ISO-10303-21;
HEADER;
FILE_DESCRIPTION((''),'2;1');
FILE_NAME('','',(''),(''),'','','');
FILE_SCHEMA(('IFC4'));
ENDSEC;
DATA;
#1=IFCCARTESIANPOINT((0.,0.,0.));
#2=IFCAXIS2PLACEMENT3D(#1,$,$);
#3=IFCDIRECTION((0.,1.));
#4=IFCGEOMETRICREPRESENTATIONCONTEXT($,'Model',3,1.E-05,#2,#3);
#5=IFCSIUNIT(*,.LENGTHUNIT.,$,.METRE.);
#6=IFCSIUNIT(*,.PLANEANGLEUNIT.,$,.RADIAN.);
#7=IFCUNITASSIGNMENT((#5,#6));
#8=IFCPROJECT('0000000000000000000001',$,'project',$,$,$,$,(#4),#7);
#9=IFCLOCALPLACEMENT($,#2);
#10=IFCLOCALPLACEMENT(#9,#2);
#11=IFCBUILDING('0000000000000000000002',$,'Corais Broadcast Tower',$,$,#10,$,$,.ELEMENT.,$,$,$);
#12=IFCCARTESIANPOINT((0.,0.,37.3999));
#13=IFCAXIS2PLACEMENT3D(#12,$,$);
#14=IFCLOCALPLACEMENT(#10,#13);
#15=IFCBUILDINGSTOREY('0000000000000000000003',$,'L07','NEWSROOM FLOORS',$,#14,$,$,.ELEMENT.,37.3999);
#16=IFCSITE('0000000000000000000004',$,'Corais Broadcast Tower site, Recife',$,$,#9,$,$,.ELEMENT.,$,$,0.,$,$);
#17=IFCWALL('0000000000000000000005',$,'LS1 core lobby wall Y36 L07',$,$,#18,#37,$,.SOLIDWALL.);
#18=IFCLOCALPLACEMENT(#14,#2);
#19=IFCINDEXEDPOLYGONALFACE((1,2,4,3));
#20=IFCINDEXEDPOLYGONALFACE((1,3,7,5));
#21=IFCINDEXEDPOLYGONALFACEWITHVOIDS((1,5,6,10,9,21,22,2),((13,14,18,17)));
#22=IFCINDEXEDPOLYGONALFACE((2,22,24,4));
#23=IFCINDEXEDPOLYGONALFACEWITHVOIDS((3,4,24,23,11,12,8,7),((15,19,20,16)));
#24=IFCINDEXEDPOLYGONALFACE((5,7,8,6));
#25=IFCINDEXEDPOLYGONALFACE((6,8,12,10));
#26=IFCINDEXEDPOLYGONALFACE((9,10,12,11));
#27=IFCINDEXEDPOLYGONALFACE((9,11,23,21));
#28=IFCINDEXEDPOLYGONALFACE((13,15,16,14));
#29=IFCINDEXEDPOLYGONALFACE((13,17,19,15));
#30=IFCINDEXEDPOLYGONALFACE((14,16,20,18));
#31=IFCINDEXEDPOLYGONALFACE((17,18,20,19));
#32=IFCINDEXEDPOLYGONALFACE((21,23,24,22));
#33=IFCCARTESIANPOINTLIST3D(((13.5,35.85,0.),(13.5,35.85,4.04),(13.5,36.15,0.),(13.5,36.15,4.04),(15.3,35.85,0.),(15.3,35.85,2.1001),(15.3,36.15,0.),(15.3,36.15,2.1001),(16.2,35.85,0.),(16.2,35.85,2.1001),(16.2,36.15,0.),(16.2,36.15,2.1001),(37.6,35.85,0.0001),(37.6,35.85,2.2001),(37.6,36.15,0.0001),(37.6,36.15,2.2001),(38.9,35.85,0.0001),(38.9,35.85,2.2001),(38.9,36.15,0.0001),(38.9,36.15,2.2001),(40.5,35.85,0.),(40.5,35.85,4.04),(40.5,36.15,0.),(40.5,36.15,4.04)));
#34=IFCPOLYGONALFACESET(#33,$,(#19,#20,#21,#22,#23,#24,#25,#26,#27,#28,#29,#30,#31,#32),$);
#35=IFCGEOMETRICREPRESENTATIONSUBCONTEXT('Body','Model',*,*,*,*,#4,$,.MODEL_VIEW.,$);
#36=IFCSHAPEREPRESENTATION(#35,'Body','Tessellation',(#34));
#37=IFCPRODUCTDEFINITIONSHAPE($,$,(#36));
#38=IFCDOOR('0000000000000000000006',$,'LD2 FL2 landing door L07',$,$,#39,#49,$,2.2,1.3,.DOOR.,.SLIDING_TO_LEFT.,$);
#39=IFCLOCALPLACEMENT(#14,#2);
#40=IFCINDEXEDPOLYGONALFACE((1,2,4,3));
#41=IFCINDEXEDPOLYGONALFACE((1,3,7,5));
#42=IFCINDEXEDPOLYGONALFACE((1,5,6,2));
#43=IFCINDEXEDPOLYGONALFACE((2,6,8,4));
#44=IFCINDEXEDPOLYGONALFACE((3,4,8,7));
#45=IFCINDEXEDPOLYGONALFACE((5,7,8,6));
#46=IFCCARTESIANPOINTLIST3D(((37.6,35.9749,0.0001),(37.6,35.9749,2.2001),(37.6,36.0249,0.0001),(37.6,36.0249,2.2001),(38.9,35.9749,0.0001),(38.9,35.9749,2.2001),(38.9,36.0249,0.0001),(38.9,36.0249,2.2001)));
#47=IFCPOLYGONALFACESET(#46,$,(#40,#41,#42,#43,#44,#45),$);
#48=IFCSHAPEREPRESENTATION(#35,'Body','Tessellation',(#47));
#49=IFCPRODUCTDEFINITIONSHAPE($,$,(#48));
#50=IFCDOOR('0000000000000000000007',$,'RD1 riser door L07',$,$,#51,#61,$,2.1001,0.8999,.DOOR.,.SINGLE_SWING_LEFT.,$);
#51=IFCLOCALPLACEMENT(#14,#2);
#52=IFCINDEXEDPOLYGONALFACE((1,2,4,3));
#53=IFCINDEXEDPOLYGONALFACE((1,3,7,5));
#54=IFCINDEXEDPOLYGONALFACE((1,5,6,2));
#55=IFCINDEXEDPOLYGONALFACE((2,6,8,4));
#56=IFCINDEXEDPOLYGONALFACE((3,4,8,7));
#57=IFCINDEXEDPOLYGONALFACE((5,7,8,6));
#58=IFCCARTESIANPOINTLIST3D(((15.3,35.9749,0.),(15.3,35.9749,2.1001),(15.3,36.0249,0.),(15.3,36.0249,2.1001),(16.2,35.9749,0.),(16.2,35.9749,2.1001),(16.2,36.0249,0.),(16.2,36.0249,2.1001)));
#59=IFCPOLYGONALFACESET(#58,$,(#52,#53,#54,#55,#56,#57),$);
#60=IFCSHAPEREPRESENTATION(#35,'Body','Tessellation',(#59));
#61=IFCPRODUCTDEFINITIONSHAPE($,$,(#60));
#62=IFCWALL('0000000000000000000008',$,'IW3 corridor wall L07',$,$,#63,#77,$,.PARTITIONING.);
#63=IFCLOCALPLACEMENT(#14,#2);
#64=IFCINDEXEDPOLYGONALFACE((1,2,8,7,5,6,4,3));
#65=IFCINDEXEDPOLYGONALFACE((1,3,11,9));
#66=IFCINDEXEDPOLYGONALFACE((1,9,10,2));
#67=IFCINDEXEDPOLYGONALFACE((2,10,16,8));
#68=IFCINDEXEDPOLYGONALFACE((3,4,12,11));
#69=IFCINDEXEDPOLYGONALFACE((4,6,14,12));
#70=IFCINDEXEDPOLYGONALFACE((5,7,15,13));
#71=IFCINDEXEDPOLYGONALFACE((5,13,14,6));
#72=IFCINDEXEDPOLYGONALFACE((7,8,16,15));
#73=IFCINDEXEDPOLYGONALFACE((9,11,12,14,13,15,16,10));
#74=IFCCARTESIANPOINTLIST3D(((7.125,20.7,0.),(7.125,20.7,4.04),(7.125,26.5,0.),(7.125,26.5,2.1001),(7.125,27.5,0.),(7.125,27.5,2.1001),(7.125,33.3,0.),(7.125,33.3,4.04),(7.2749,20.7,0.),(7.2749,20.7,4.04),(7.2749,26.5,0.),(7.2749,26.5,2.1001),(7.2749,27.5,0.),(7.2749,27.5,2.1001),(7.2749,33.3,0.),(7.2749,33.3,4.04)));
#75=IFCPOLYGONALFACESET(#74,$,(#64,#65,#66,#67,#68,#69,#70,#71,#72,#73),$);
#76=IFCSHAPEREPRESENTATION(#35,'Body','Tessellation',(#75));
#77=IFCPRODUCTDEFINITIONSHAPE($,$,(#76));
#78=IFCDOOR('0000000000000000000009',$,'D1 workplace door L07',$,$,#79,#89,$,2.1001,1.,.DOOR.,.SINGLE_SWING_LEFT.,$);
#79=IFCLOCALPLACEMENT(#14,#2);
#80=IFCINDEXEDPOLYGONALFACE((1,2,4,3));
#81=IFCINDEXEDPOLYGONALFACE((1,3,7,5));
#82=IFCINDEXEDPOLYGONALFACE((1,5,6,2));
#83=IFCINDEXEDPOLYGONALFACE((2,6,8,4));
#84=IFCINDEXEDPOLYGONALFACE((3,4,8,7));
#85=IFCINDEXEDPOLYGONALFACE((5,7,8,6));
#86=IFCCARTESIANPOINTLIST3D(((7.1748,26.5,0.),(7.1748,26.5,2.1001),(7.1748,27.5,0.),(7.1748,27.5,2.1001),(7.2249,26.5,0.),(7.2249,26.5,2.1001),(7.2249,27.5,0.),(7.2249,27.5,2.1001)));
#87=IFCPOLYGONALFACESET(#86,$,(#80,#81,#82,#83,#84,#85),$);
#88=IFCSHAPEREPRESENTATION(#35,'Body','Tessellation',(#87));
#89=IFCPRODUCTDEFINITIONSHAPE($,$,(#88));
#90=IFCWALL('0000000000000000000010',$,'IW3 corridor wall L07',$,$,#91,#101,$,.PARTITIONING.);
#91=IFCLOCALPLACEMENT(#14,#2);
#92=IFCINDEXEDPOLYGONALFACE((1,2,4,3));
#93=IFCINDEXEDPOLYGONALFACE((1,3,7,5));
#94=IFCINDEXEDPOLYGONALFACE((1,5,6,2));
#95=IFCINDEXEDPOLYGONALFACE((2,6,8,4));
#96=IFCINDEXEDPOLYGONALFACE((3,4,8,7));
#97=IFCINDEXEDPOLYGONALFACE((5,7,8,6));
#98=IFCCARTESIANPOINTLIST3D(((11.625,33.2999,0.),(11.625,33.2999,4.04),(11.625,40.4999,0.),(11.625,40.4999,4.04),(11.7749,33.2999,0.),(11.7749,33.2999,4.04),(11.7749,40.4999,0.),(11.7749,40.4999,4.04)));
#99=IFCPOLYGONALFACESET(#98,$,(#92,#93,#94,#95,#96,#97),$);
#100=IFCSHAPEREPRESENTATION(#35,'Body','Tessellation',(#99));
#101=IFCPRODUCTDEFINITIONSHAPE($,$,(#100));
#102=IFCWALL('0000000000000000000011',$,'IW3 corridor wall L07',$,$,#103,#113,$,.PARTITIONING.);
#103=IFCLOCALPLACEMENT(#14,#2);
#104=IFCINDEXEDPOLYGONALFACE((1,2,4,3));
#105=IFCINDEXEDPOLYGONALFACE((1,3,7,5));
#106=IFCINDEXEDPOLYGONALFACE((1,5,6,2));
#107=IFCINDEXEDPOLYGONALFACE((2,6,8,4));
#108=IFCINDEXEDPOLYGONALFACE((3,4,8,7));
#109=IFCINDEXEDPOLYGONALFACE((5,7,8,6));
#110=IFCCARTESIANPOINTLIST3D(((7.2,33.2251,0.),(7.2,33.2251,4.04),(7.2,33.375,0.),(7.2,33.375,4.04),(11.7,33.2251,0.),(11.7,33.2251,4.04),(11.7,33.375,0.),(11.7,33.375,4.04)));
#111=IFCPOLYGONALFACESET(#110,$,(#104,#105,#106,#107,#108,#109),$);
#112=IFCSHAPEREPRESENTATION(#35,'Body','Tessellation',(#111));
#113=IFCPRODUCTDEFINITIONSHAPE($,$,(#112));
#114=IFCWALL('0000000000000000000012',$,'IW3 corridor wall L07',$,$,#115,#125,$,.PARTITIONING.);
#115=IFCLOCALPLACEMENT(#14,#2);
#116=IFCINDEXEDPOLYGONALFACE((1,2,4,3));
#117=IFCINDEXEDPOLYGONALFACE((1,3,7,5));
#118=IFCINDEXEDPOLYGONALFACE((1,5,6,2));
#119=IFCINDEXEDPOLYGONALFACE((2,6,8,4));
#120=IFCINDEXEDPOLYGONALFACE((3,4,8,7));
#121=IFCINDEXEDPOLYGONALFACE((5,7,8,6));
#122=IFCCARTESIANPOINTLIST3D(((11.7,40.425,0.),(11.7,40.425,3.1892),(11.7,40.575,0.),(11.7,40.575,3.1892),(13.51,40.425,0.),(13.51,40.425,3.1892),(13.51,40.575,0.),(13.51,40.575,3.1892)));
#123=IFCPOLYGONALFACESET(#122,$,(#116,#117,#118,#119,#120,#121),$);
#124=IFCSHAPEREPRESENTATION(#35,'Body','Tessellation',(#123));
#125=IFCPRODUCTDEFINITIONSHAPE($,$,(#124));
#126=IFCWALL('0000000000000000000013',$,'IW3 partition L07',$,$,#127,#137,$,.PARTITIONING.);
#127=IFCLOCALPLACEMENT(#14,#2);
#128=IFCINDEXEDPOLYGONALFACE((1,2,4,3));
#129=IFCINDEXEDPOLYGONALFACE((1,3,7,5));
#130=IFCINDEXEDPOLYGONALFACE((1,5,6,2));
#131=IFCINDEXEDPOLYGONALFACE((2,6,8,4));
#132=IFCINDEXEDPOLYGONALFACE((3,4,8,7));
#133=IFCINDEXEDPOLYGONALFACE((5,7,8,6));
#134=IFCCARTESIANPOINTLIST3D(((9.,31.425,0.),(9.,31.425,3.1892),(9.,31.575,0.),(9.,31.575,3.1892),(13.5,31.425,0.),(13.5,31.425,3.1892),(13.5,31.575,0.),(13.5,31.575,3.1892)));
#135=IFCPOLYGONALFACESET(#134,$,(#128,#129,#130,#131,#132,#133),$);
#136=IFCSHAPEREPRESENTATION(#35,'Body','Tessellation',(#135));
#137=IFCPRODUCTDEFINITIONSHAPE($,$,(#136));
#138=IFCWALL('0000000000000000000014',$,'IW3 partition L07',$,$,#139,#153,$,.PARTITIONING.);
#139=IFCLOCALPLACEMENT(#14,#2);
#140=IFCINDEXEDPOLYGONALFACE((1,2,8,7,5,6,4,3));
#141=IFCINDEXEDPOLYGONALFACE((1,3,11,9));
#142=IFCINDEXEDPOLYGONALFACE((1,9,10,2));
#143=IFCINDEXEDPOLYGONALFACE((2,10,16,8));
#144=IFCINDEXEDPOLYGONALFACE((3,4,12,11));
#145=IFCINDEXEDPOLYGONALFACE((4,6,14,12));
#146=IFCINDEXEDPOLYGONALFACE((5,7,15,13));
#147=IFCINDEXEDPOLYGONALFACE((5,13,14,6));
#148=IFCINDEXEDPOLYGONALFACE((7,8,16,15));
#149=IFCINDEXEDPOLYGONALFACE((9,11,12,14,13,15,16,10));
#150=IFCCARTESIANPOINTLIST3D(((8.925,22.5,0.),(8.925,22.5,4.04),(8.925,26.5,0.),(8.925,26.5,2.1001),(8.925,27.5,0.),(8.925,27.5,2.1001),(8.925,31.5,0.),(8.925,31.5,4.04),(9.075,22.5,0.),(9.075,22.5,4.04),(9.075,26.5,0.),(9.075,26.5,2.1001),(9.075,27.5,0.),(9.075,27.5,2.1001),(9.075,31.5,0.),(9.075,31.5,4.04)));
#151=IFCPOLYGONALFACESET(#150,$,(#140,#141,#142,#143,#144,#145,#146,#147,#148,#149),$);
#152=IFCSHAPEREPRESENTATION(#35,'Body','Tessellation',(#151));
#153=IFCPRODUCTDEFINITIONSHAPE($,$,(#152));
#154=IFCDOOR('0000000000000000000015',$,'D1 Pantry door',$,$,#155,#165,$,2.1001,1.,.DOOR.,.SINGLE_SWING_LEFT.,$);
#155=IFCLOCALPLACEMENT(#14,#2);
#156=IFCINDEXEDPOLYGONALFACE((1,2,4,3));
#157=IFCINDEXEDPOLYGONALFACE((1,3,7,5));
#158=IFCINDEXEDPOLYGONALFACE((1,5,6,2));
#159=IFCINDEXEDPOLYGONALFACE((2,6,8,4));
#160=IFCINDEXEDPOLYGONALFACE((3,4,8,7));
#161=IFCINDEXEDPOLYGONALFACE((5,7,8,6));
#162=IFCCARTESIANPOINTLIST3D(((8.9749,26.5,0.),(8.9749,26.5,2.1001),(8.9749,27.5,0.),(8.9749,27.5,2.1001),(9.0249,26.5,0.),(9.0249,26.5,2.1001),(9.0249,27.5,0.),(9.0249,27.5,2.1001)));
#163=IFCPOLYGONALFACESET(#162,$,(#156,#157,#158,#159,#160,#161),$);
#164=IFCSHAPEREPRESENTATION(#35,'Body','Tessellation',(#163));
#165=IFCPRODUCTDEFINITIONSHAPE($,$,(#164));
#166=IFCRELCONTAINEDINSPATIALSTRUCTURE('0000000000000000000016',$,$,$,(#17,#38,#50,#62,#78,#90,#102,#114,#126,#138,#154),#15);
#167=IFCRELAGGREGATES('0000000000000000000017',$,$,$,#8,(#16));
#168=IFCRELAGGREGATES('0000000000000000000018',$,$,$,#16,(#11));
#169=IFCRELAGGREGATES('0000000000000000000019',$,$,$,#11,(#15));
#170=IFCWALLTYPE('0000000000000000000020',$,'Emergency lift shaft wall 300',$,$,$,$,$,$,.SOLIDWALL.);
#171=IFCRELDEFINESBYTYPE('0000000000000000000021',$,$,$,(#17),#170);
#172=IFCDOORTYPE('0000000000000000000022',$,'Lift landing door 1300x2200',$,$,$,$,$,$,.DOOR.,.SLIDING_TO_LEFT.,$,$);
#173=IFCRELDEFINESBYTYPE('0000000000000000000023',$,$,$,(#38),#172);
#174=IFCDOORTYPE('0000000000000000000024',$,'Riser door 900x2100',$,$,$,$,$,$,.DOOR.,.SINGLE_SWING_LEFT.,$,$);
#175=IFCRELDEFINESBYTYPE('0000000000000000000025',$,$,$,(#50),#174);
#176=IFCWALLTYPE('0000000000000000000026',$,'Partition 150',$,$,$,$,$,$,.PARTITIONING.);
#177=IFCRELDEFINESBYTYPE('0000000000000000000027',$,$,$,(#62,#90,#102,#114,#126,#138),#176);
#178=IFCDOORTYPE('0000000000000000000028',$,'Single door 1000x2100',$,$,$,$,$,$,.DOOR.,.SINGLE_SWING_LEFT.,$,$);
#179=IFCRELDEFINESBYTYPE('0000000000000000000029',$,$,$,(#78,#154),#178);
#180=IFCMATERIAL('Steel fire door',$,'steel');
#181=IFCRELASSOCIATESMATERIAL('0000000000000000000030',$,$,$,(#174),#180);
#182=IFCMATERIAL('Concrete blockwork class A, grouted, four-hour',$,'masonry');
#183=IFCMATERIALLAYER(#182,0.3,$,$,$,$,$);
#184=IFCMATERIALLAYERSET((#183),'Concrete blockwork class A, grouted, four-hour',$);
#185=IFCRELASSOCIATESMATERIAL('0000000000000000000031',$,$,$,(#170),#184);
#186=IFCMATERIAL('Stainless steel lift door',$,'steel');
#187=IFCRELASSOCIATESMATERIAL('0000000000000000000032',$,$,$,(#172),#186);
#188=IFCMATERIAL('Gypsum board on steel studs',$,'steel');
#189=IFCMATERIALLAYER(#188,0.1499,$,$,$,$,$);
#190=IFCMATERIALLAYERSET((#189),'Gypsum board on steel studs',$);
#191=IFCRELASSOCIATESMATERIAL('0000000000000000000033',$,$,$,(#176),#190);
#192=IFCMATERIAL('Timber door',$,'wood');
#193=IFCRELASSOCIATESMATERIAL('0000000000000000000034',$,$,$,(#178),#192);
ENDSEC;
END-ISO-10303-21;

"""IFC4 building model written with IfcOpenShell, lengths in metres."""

from ifc_helpers import new_model, si_unit, direction, frame, frame_2d, origin, place, context, subcontext, project, spatial, rectangle, extrude, material, layer, layer_set, type_object, element, fill, save


model = new_model("IFC4")

# Units and contexts
model_context = context("Model", 3, precision=1e-05, world=origin(), true_north=direction((0.0, 1.0)))
body_context = subcontext(model_context, "Body", "Model", "MODEL_VIEW")
ifc_project = project(units=[si_unit("LENGTHUNIT", "METRE"), si_unit("PLANEANGLEUNIT", "RADIAN")], contexts=[model_context])

# Site, building, storey
site_placement = place(None, origin())
site = spatial("IfcSite", under=ifc_project, at=site_placement, Name="Corais Broadcast Tower site, Recife", CompositionType="ELEMENT", RefElevation=0.0)
building_placement = place(site_placement, origin())
building = spatial("IfcBuilding", under=site, at=building_placement, Name="Corais Broadcast Tower", CompositionType="ELEMENT")
storey_placement = place(building_placement, frame((0.0, 0.0, 37.3999)))
storey = spatial("IfcBuildingStorey", under=building, at=storey_placement, Name="L07", Description="NEWSROOM FLOORS", CompositionType="ELEMENT", Elevation=37.3999)

# Wall, openings, doors
ifc_material_1 = material(Name="Steel fire door", Category="steel")
door_type_1 = type_object("IfcDoorType", Name="Riser door 900x2100", OperationType="SINGLE_SWING_LEFT", PredefinedType="DOOR", material=ifc_material_1)
ifc_material_2 = material(Name="Concrete blockwork class A, grouted, four-hour", Category="masonry")
ifc_layer_1 = layer(ifc_material_2, 0.3)
ifc_layer_set_1 = layer_set([ifc_layer_1], Name="Concrete blockwork class A, grouted, four-hour")
wall_type_1 = type_object("IfcWallType", Name="Emergency lift shaft wall 300", PredefinedType="SOLIDWALL", material=ifc_layer_set_1)
wall_1_placement = place(storey_placement, frame((13.5, 36.0, 0.0), z_axis=(0.0, 0.0, 1.0), x_axis=(1.0, 0.0, 0.0)))
wall_1 = element("IfcWall", 1, at=wall_1_placement, inside=storey, type_object=wall_type_1, Name="LS1 core lobby wall Y36 L07", PredefinedType="SOLIDWALL", context=body_context, shape_type="SweptSolid", body=[
    extrude(rectangle(XDim=27.0, YDim=0.3, at=frame_2d((13.5, 0.0))), origin(), (0.0, 0.0, 1.0), 4.04),
])
opening_1_placement = place(wall_1_placement, frame((1.8, 0.0, 0.0)))
opening_1 = element("IfcOpeningElement", 2, at=opening_1_placement, cuts=wall_1, PredefinedType="OPENING", context=body_context, shape_type="SweptSolid", body=[
    extrude(rectangle(XDim=0.8999, YDim=2.1001, at=frame_2d((0.45, 1.05))), frame((0.0, 0.1599, 0.0), z_axis=(0.0, -1.0, 0.0), x_axis=(1.0, 0.0, 0.0)), (0.0, 0.0, 1.0), 0.3201),
])
opening_2_placement = place(wall_1_placement, frame((24.1001, 0.0, 0.0)))
opening_2 = element("IfcOpeningElement", 3, at=opening_2_placement, cuts=wall_1, PredefinedType="OPENING", context=body_context, shape_type="SweptSolid", body=[
    extrude(rectangle(XDim=1.3, YDim=2.2, at=frame_2d((0.6499, 1.1001))), frame((0.0, 0.1599, 0.0), z_axis=(0.0, -1.0, 0.0), x_axis=(1.0, 0.0, 0.0)), (0.0, 0.0, 1.0), 0.3201),
])
ifc_material_3 = material(Name="Stainless steel lift door", Category="steel")
door_type_2 = type_object("IfcDoorType", Name="Lift landing door 1300x2200", OperationType="SLIDING_TO_LEFT", PredefinedType="DOOR", material=ifc_material_3)
door_1_placement = place(opening_2_placement, origin())
door_1 = element("IfcDoor", 4, at=door_1_placement, inside=storey, type_object=door_type_2, Name="LD2 FL2 landing door L07", OperationType="SLIDING_TO_LEFT", OverallHeight=2.2, OverallWidth=1.3, PredefinedType="DOOR", context=body_context, shape_type="SweptSolid", body=[
    extrude(rectangle(XDim=1.3, YDim=2.2, at=frame_2d((0.6499, 1.1001))), frame((0.0, 0.0249, 0.0), z_axis=(0.0, -1.0, 0.0), x_axis=(1.0, 0.0, 0.0)), (0.0, 0.0, 1.0), 0.05),
])
fill(opening_2, door_1)
door_2_placement = place(opening_1_placement, origin())
door_2 = element("IfcDoor", 5, at=door_2_placement, inside=storey, type_object=door_type_1, Name="RD1 riser door L07", OperationType="SINGLE_SWING_LEFT", OverallHeight=2.1001, OverallWidth=0.8999, PredefinedType="DOOR", context=body_context, shape_type="SweptSolid", body=[
    extrude(rectangle(XDim=0.8999, YDim=2.1001, at=frame_2d((0.45, 1.05))), frame((0.0, 0.0249, 0.0), z_axis=(0.0, -1.0, 0.0), x_axis=(1.0, 0.0, 0.0)), (0.0, 0.0, 1.0), 0.05),
])
fill(opening_1, door_2)

# Wall, opening, door
ifc_material_4 = material(Name="Gypsum board on steel studs", Category="steel")
ifc_layer_2 = layer(ifc_material_4, 0.1499)
ifc_layer_set_2 = layer_set([ifc_layer_2], Name="Gypsum board on steel studs")
wall_type_2 = type_object("IfcWallType", Name="Partition 150", PredefinedType="PARTITIONING", material=ifc_layer_set_2)
wall_2_placement = place(storey_placement, frame((7.2, 33.3, 0.0), z_axis=(0.0, 0.0, 1.0), x_axis=(0.0, -1.0, 0.0)))
wall_2 = element("IfcWall", 6, at=wall_2_placement, inside=storey, type_object=wall_type_2, Name="IW3 corridor wall L07", PredefinedType="PARTITIONING", context=body_context, shape_type="SweptSolid", body=[
    extrude(rectangle(XDim=12.6001, YDim=0.1499, at=frame_2d((6.3, 0.0))), origin(), (0.0, 0.0, 1.0), 4.04),
])
opening_3_placement = place(wall_2_placement, frame((5.8, 0.0, 0.0)))
opening_3 = element("IfcOpeningElement", 7, at=opening_3_placement, cuts=wall_2, PredefinedType="OPENING", context=body_context, shape_type="SweptSolid", body=[
    extrude(rectangle(XDim=1.0, YDim=2.1001, at=frame_2d((0.5, 1.05))), frame((0.0, 0.085, 0.0), z_axis=(0.0, -1.0, 0.0), x_axis=(1.0, 0.0, 0.0)), (0.0, 0.0, 1.0), 0.1699),
])
ifc_material_5 = material(Name="Timber door", Category="wood")
door_type_3 = type_object("IfcDoorType", Name="Single door 1000x2100", OperationType="SINGLE_SWING_LEFT", PredefinedType="DOOR", material=ifc_material_5)
door_3_placement = place(opening_3_placement, origin())
door_3 = element("IfcDoor", 8, at=door_3_placement, inside=storey, type_object=door_type_3, Name="D1 workplace door L07", OperationType="SINGLE_SWING_LEFT", OverallHeight=2.1001, OverallWidth=1.0, PredefinedType="DOOR", context=body_context, shape_type="SweptSolid", body=[
    extrude(rectangle(XDim=1.0, YDim=2.1001, at=frame_2d((0.5, 1.05))), frame((0.0, 0.0249, 0.0), z_axis=(0.0, -1.0, 0.0), x_axis=(1.0, 0.0, 0.0)), (0.0, 0.0, 1.0), 0.05),
])
fill(opening_3, door_3)

# Walls
wall_3_placement = place(storey_placement, frame((11.7, 40.5, 0.0), z_axis=(0.0, 0.0, 1.0), x_axis=(0.0, -1.0, 0.0)))
element("IfcWall", 9, at=wall_3_placement, inside=storey, type_object=wall_type_2, Name="IW3 corridor wall L07", PredefinedType="PARTITIONING", context=body_context, shape_type="SweptSolid", body=[
    extrude(rectangle(XDim=7.2, YDim=0.1499, at=frame_2d((3.6001, 0.0))), origin(), (0.0, 0.0, 1.0), 4.04),
])
wall_4_placement = place(storey_placement, frame((11.7, 33.3, 0.0), z_axis=(0.0, 0.0, 1.0), x_axis=(-1.0, 0.0, 0.0)))
element("IfcWall", 10, at=wall_4_placement, inside=storey, type_object=wall_type_2, Name="IW3 corridor wall L07", PredefinedType="PARTITIONING", context=body_context, shape_type="SweptSolid", body=[
    extrude(rectangle(XDim=4.5, YDim=0.1499, at=frame_2d((2.25, 0.0))), origin(), (0.0, 0.0, 1.0), 4.04),
])
wall_5_placement = place(storey_placement, frame((13.51, 40.5, 0.0), z_axis=(0.0, 0.0, 1.0), x_axis=(-1.0, 0.0, 0.0)))
element("IfcWall", 11, at=wall_5_placement, inside=storey, type_object=wall_type_2, Name="IW3 corridor wall L07", PredefinedType="PARTITIONING", context=body_context, shape_type="SweptSolid", body=[
    extrude(rectangle(XDim=1.8101, YDim=0.1499, at=frame_2d((0.905, 0.0))), origin(), (0.0, 0.0, 1.0), 3.1892),
])
wall_6_placement = place(storey_placement, frame((13.5, 31.5, 0.0), z_axis=(0.0, 0.0, 1.0), x_axis=(-1.0, 0.0, 0.0)))
element("IfcWall", 12, at=wall_6_placement, inside=storey, type_object=wall_type_2, Name="IW3 partition L07", PredefinedType="PARTITIONING", context=body_context, shape_type="SweptSolid", body=[
    extrude(rectangle(XDim=4.5, YDim=0.1499, at=frame_2d((2.25, 0.0))), origin(), (0.0, 0.0, 1.0), 3.1892),
])

# Wall, opening, door
wall_7_placement = place(storey_placement, frame((9.0, 31.5, 0.0), z_axis=(0.0, 0.0, 1.0), x_axis=(0.0, -1.0, 0.0)))
wall_7 = element("IfcWall", 13, at=wall_7_placement, inside=storey, type_object=wall_type_2, Name="IW3 partition L07", PredefinedType="PARTITIONING", context=body_context, shape_type="SweptSolid", body=[
    extrude(rectangle(XDim=9.0, YDim=0.1499, at=frame_2d((4.5, 0.0))), origin(), (0.0, 0.0, 1.0), 4.04),
])
opening_4_placement = place(wall_7_placement, frame((4.0, 0.0, 0.0)))
opening_4 = element("IfcOpeningElement", 14, at=opening_4_placement, cuts=wall_7, PredefinedType="OPENING", context=body_context, shape_type="SweptSolid", body=[
    extrude(rectangle(XDim=1.0, YDim=2.1001, at=frame_2d((0.5, 1.05))), frame((0.0, 0.085, 0.0), z_axis=(0.0, -1.0, 0.0), x_axis=(1.0, 0.0, 0.0)), (0.0, 0.0, 1.0), 0.1699),
])
door_4_placement = place(opening_4_placement, origin())
door_4 = element("IfcDoor", 15, at=door_4_placement, inside=storey, type_object=door_type_3, Name="D1 Pantry door", OperationType="SINGLE_SWING_LEFT", OverallHeight=2.1001, OverallWidth=1.0, PredefinedType="DOOR", context=body_context, shape_type="SweptSolid", body=[
    extrude(rectangle(XDim=1.0, YDim=2.1001, at=frame_2d((0.5, 1.05))), frame((0.0, 0.0249, 0.0), z_axis=(0.0, -1.0, 0.0), x_axis=(1.0, 0.0, 0.0)), (0.0, 0.0, 1.0), 0.05),
])
fill(opening_4, door_4)

save(model, "model.ifc")
